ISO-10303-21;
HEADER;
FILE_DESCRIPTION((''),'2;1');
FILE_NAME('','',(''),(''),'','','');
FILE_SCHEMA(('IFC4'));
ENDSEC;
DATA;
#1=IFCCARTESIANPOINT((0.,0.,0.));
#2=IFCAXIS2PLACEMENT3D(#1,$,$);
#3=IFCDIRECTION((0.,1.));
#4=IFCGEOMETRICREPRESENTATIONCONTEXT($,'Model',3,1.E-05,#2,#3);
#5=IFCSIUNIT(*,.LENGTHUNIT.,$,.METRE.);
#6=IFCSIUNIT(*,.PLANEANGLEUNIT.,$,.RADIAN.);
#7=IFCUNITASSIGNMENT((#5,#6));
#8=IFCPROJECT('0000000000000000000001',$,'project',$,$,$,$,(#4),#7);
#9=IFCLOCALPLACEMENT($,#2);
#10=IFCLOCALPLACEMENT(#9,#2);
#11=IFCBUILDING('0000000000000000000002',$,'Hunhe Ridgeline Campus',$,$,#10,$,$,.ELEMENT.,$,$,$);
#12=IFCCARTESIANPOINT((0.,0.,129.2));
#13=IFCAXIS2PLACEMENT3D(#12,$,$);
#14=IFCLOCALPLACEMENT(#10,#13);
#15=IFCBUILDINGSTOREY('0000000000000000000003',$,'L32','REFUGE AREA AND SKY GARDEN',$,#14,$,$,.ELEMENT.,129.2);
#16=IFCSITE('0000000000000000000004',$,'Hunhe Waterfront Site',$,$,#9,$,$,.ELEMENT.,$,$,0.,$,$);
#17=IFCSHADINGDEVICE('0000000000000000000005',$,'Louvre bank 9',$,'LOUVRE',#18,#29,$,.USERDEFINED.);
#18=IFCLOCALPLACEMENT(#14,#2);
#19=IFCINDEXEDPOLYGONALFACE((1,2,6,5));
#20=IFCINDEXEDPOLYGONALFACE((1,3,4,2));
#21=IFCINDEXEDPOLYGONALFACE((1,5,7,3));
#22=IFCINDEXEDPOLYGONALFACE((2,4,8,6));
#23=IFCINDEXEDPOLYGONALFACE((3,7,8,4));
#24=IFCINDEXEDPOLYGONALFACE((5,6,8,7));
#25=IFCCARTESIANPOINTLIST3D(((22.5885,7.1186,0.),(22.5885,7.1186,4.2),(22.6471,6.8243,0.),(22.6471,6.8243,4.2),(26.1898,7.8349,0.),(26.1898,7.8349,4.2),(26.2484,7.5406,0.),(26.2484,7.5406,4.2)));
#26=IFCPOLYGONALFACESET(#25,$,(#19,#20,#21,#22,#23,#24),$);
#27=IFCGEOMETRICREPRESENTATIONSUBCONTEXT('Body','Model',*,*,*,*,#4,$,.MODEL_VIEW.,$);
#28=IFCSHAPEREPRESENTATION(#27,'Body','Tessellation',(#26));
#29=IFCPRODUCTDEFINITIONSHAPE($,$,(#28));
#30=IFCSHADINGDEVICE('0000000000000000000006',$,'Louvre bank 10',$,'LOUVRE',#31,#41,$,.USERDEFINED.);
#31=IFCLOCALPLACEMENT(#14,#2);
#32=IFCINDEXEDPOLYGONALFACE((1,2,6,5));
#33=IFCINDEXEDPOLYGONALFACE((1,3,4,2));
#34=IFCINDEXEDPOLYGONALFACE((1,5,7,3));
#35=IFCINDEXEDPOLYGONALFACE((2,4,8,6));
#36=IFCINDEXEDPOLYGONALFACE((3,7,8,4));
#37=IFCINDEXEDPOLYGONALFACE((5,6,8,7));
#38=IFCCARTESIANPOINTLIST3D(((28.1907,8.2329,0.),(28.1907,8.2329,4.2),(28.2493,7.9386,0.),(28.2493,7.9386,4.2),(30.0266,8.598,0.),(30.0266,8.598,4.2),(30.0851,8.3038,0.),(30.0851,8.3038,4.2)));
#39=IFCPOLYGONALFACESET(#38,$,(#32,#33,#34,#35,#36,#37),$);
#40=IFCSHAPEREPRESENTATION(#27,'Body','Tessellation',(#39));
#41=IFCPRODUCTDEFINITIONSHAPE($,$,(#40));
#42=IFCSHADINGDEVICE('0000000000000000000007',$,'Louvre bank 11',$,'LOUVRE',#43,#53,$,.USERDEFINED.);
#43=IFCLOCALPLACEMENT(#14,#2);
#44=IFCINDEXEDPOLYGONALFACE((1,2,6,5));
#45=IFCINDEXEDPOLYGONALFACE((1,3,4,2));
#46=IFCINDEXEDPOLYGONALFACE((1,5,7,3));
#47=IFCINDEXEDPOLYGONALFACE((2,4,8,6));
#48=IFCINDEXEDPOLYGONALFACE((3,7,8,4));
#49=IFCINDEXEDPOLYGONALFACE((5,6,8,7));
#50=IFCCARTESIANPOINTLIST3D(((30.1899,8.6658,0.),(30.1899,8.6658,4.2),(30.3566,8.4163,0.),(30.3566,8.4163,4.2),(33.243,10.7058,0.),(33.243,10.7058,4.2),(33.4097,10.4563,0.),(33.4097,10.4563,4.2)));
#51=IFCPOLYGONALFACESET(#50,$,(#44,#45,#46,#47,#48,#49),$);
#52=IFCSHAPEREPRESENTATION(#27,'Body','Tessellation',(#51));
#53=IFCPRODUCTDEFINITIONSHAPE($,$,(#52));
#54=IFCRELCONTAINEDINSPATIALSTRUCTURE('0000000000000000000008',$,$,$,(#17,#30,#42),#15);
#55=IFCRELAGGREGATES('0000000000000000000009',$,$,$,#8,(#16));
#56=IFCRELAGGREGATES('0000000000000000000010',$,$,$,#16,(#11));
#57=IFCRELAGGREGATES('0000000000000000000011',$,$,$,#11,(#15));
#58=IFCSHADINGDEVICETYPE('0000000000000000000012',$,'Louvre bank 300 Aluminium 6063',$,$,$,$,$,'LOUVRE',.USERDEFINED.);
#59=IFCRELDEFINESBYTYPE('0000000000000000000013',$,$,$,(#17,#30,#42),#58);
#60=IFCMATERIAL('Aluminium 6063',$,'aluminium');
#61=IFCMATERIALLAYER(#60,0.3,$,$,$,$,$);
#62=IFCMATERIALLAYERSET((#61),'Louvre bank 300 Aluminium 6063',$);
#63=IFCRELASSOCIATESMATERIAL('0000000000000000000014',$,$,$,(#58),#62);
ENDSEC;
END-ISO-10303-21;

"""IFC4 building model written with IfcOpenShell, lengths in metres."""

from ifc_helpers import new_model, si_unit, direction, frame, origin, origin_2d, place, context, subcontext, project, spatial, rectangle, extrude, material, layer, layer_set, type_object, element, save


model = new_model("IFC4")

# Units and contexts
model_context = context("Model", 3, precision=1e-05, world=origin(), true_north=direction((0.0, 1.0)))
body_context = subcontext(model_context, "Body", "Model", "MODEL_VIEW")
ifc_project = project(units=[si_unit("LENGTHUNIT", "METRE"), si_unit("PLANEANGLEUNIT", "RADIAN")], contexts=[model_context])

# Site, building, storey
site_placement = place(None, origin())
site = spatial("IfcSite", under=ifc_project, at=site_placement, Name="Hunhe Waterfront Site", CompositionType="ELEMENT", RefElevation=0.0)
building_placement = place(site_placement, origin())
building = spatial("IfcBuilding", under=site, at=building_placement, Name="Hunhe Ridgeline Campus", CompositionType="ELEMENT")
storey_placement = place(building_placement, frame((0.0, 0.0, 129.2)))
storey = spatial("IfcBuildingStorey", under=building, at=storey_placement, Name="L32", Description="REFUGE AREA AND SKY GARDEN", CompositionType="ELEMENT", Elevation=129.2)

# Shared definitions
ifc_material_1 = material(Name="Aluminium 6063", Category="aluminium")

# Shading devices
ifc_layer_1 = layer(ifc_material_1, 0.3)
ifc_layer_set_1 = layer_set([ifc_layer_1], Name="Louvre bank 300 Aluminium 6063")
shading_device_type = type_object("IfcShadingDeviceType", Name="Louvre bank 300 Aluminium 6063", ElementType="LOUVRE", PredefinedType="USERDEFINED", material=ifc_layer_set_1)
shading_device_1_placement = place(storey_placement, frame((24.4185, 7.3296, 0.0), z_axis=(0.0, 0.0, 1.0), x_axis=(0.980785, 0.19509, 0.0)))
element("IfcShadingDevice", 1, at=shading_device_1_placement, inside=storey, type_object=shading_device_type, Name="Louvre bank 9", ObjectType="LOUVRE", PredefinedType="USERDEFINED", context=body_context, shape_type="SweptSolid", body=[
    extrude(rectangle(XDim=3.6719, YDim=0.3, at=origin_2d()), origin(), (0.0, 0.0, 1.0), 4.2),
])
shading_device_2_placement = place(storey_placement, frame((29.1379, 8.2683, 0.0), z_axis=(0.0, 0.0, 1.0), x_axis=(0.980785, 0.19509, 0.0)))
element("IfcShadingDevice", 2, at=shading_device_2_placement, inside=storey, type_object=shading_device_type, Name="Louvre bank 10", ObjectType="LOUVRE", PredefinedType="USERDEFINED", context=body_context, shape_type="SweptSolid", body=[
    extrude(rectangle(XDim=1.8718, YDim=0.3, at=origin_2d()), origin(), (0.0, 0.0, 1.0), 4.2),
])
shading_device_3_placement = place(storey_placement, frame((31.7998, 9.561, 0.0), z_axis=(0.0, 0.0, 1.0), x_axis=(0.83147, 0.55557, 0.0)))
element("IfcShadingDevice", 3, at=shading_device_3_placement, inside=storey, type_object=shading_device_type, Name="Louvre bank 11", ObjectType="LOUVRE", PredefinedType="USERDEFINED", context=body_context, shape_type="SweptSolid", body=[
    extrude(rectangle(XDim=3.6719, YDim=0.3, at=origin_2d()), origin(), (0.0, 0.0, 1.0), 4.2),
])

save(model, "model.ifc")
